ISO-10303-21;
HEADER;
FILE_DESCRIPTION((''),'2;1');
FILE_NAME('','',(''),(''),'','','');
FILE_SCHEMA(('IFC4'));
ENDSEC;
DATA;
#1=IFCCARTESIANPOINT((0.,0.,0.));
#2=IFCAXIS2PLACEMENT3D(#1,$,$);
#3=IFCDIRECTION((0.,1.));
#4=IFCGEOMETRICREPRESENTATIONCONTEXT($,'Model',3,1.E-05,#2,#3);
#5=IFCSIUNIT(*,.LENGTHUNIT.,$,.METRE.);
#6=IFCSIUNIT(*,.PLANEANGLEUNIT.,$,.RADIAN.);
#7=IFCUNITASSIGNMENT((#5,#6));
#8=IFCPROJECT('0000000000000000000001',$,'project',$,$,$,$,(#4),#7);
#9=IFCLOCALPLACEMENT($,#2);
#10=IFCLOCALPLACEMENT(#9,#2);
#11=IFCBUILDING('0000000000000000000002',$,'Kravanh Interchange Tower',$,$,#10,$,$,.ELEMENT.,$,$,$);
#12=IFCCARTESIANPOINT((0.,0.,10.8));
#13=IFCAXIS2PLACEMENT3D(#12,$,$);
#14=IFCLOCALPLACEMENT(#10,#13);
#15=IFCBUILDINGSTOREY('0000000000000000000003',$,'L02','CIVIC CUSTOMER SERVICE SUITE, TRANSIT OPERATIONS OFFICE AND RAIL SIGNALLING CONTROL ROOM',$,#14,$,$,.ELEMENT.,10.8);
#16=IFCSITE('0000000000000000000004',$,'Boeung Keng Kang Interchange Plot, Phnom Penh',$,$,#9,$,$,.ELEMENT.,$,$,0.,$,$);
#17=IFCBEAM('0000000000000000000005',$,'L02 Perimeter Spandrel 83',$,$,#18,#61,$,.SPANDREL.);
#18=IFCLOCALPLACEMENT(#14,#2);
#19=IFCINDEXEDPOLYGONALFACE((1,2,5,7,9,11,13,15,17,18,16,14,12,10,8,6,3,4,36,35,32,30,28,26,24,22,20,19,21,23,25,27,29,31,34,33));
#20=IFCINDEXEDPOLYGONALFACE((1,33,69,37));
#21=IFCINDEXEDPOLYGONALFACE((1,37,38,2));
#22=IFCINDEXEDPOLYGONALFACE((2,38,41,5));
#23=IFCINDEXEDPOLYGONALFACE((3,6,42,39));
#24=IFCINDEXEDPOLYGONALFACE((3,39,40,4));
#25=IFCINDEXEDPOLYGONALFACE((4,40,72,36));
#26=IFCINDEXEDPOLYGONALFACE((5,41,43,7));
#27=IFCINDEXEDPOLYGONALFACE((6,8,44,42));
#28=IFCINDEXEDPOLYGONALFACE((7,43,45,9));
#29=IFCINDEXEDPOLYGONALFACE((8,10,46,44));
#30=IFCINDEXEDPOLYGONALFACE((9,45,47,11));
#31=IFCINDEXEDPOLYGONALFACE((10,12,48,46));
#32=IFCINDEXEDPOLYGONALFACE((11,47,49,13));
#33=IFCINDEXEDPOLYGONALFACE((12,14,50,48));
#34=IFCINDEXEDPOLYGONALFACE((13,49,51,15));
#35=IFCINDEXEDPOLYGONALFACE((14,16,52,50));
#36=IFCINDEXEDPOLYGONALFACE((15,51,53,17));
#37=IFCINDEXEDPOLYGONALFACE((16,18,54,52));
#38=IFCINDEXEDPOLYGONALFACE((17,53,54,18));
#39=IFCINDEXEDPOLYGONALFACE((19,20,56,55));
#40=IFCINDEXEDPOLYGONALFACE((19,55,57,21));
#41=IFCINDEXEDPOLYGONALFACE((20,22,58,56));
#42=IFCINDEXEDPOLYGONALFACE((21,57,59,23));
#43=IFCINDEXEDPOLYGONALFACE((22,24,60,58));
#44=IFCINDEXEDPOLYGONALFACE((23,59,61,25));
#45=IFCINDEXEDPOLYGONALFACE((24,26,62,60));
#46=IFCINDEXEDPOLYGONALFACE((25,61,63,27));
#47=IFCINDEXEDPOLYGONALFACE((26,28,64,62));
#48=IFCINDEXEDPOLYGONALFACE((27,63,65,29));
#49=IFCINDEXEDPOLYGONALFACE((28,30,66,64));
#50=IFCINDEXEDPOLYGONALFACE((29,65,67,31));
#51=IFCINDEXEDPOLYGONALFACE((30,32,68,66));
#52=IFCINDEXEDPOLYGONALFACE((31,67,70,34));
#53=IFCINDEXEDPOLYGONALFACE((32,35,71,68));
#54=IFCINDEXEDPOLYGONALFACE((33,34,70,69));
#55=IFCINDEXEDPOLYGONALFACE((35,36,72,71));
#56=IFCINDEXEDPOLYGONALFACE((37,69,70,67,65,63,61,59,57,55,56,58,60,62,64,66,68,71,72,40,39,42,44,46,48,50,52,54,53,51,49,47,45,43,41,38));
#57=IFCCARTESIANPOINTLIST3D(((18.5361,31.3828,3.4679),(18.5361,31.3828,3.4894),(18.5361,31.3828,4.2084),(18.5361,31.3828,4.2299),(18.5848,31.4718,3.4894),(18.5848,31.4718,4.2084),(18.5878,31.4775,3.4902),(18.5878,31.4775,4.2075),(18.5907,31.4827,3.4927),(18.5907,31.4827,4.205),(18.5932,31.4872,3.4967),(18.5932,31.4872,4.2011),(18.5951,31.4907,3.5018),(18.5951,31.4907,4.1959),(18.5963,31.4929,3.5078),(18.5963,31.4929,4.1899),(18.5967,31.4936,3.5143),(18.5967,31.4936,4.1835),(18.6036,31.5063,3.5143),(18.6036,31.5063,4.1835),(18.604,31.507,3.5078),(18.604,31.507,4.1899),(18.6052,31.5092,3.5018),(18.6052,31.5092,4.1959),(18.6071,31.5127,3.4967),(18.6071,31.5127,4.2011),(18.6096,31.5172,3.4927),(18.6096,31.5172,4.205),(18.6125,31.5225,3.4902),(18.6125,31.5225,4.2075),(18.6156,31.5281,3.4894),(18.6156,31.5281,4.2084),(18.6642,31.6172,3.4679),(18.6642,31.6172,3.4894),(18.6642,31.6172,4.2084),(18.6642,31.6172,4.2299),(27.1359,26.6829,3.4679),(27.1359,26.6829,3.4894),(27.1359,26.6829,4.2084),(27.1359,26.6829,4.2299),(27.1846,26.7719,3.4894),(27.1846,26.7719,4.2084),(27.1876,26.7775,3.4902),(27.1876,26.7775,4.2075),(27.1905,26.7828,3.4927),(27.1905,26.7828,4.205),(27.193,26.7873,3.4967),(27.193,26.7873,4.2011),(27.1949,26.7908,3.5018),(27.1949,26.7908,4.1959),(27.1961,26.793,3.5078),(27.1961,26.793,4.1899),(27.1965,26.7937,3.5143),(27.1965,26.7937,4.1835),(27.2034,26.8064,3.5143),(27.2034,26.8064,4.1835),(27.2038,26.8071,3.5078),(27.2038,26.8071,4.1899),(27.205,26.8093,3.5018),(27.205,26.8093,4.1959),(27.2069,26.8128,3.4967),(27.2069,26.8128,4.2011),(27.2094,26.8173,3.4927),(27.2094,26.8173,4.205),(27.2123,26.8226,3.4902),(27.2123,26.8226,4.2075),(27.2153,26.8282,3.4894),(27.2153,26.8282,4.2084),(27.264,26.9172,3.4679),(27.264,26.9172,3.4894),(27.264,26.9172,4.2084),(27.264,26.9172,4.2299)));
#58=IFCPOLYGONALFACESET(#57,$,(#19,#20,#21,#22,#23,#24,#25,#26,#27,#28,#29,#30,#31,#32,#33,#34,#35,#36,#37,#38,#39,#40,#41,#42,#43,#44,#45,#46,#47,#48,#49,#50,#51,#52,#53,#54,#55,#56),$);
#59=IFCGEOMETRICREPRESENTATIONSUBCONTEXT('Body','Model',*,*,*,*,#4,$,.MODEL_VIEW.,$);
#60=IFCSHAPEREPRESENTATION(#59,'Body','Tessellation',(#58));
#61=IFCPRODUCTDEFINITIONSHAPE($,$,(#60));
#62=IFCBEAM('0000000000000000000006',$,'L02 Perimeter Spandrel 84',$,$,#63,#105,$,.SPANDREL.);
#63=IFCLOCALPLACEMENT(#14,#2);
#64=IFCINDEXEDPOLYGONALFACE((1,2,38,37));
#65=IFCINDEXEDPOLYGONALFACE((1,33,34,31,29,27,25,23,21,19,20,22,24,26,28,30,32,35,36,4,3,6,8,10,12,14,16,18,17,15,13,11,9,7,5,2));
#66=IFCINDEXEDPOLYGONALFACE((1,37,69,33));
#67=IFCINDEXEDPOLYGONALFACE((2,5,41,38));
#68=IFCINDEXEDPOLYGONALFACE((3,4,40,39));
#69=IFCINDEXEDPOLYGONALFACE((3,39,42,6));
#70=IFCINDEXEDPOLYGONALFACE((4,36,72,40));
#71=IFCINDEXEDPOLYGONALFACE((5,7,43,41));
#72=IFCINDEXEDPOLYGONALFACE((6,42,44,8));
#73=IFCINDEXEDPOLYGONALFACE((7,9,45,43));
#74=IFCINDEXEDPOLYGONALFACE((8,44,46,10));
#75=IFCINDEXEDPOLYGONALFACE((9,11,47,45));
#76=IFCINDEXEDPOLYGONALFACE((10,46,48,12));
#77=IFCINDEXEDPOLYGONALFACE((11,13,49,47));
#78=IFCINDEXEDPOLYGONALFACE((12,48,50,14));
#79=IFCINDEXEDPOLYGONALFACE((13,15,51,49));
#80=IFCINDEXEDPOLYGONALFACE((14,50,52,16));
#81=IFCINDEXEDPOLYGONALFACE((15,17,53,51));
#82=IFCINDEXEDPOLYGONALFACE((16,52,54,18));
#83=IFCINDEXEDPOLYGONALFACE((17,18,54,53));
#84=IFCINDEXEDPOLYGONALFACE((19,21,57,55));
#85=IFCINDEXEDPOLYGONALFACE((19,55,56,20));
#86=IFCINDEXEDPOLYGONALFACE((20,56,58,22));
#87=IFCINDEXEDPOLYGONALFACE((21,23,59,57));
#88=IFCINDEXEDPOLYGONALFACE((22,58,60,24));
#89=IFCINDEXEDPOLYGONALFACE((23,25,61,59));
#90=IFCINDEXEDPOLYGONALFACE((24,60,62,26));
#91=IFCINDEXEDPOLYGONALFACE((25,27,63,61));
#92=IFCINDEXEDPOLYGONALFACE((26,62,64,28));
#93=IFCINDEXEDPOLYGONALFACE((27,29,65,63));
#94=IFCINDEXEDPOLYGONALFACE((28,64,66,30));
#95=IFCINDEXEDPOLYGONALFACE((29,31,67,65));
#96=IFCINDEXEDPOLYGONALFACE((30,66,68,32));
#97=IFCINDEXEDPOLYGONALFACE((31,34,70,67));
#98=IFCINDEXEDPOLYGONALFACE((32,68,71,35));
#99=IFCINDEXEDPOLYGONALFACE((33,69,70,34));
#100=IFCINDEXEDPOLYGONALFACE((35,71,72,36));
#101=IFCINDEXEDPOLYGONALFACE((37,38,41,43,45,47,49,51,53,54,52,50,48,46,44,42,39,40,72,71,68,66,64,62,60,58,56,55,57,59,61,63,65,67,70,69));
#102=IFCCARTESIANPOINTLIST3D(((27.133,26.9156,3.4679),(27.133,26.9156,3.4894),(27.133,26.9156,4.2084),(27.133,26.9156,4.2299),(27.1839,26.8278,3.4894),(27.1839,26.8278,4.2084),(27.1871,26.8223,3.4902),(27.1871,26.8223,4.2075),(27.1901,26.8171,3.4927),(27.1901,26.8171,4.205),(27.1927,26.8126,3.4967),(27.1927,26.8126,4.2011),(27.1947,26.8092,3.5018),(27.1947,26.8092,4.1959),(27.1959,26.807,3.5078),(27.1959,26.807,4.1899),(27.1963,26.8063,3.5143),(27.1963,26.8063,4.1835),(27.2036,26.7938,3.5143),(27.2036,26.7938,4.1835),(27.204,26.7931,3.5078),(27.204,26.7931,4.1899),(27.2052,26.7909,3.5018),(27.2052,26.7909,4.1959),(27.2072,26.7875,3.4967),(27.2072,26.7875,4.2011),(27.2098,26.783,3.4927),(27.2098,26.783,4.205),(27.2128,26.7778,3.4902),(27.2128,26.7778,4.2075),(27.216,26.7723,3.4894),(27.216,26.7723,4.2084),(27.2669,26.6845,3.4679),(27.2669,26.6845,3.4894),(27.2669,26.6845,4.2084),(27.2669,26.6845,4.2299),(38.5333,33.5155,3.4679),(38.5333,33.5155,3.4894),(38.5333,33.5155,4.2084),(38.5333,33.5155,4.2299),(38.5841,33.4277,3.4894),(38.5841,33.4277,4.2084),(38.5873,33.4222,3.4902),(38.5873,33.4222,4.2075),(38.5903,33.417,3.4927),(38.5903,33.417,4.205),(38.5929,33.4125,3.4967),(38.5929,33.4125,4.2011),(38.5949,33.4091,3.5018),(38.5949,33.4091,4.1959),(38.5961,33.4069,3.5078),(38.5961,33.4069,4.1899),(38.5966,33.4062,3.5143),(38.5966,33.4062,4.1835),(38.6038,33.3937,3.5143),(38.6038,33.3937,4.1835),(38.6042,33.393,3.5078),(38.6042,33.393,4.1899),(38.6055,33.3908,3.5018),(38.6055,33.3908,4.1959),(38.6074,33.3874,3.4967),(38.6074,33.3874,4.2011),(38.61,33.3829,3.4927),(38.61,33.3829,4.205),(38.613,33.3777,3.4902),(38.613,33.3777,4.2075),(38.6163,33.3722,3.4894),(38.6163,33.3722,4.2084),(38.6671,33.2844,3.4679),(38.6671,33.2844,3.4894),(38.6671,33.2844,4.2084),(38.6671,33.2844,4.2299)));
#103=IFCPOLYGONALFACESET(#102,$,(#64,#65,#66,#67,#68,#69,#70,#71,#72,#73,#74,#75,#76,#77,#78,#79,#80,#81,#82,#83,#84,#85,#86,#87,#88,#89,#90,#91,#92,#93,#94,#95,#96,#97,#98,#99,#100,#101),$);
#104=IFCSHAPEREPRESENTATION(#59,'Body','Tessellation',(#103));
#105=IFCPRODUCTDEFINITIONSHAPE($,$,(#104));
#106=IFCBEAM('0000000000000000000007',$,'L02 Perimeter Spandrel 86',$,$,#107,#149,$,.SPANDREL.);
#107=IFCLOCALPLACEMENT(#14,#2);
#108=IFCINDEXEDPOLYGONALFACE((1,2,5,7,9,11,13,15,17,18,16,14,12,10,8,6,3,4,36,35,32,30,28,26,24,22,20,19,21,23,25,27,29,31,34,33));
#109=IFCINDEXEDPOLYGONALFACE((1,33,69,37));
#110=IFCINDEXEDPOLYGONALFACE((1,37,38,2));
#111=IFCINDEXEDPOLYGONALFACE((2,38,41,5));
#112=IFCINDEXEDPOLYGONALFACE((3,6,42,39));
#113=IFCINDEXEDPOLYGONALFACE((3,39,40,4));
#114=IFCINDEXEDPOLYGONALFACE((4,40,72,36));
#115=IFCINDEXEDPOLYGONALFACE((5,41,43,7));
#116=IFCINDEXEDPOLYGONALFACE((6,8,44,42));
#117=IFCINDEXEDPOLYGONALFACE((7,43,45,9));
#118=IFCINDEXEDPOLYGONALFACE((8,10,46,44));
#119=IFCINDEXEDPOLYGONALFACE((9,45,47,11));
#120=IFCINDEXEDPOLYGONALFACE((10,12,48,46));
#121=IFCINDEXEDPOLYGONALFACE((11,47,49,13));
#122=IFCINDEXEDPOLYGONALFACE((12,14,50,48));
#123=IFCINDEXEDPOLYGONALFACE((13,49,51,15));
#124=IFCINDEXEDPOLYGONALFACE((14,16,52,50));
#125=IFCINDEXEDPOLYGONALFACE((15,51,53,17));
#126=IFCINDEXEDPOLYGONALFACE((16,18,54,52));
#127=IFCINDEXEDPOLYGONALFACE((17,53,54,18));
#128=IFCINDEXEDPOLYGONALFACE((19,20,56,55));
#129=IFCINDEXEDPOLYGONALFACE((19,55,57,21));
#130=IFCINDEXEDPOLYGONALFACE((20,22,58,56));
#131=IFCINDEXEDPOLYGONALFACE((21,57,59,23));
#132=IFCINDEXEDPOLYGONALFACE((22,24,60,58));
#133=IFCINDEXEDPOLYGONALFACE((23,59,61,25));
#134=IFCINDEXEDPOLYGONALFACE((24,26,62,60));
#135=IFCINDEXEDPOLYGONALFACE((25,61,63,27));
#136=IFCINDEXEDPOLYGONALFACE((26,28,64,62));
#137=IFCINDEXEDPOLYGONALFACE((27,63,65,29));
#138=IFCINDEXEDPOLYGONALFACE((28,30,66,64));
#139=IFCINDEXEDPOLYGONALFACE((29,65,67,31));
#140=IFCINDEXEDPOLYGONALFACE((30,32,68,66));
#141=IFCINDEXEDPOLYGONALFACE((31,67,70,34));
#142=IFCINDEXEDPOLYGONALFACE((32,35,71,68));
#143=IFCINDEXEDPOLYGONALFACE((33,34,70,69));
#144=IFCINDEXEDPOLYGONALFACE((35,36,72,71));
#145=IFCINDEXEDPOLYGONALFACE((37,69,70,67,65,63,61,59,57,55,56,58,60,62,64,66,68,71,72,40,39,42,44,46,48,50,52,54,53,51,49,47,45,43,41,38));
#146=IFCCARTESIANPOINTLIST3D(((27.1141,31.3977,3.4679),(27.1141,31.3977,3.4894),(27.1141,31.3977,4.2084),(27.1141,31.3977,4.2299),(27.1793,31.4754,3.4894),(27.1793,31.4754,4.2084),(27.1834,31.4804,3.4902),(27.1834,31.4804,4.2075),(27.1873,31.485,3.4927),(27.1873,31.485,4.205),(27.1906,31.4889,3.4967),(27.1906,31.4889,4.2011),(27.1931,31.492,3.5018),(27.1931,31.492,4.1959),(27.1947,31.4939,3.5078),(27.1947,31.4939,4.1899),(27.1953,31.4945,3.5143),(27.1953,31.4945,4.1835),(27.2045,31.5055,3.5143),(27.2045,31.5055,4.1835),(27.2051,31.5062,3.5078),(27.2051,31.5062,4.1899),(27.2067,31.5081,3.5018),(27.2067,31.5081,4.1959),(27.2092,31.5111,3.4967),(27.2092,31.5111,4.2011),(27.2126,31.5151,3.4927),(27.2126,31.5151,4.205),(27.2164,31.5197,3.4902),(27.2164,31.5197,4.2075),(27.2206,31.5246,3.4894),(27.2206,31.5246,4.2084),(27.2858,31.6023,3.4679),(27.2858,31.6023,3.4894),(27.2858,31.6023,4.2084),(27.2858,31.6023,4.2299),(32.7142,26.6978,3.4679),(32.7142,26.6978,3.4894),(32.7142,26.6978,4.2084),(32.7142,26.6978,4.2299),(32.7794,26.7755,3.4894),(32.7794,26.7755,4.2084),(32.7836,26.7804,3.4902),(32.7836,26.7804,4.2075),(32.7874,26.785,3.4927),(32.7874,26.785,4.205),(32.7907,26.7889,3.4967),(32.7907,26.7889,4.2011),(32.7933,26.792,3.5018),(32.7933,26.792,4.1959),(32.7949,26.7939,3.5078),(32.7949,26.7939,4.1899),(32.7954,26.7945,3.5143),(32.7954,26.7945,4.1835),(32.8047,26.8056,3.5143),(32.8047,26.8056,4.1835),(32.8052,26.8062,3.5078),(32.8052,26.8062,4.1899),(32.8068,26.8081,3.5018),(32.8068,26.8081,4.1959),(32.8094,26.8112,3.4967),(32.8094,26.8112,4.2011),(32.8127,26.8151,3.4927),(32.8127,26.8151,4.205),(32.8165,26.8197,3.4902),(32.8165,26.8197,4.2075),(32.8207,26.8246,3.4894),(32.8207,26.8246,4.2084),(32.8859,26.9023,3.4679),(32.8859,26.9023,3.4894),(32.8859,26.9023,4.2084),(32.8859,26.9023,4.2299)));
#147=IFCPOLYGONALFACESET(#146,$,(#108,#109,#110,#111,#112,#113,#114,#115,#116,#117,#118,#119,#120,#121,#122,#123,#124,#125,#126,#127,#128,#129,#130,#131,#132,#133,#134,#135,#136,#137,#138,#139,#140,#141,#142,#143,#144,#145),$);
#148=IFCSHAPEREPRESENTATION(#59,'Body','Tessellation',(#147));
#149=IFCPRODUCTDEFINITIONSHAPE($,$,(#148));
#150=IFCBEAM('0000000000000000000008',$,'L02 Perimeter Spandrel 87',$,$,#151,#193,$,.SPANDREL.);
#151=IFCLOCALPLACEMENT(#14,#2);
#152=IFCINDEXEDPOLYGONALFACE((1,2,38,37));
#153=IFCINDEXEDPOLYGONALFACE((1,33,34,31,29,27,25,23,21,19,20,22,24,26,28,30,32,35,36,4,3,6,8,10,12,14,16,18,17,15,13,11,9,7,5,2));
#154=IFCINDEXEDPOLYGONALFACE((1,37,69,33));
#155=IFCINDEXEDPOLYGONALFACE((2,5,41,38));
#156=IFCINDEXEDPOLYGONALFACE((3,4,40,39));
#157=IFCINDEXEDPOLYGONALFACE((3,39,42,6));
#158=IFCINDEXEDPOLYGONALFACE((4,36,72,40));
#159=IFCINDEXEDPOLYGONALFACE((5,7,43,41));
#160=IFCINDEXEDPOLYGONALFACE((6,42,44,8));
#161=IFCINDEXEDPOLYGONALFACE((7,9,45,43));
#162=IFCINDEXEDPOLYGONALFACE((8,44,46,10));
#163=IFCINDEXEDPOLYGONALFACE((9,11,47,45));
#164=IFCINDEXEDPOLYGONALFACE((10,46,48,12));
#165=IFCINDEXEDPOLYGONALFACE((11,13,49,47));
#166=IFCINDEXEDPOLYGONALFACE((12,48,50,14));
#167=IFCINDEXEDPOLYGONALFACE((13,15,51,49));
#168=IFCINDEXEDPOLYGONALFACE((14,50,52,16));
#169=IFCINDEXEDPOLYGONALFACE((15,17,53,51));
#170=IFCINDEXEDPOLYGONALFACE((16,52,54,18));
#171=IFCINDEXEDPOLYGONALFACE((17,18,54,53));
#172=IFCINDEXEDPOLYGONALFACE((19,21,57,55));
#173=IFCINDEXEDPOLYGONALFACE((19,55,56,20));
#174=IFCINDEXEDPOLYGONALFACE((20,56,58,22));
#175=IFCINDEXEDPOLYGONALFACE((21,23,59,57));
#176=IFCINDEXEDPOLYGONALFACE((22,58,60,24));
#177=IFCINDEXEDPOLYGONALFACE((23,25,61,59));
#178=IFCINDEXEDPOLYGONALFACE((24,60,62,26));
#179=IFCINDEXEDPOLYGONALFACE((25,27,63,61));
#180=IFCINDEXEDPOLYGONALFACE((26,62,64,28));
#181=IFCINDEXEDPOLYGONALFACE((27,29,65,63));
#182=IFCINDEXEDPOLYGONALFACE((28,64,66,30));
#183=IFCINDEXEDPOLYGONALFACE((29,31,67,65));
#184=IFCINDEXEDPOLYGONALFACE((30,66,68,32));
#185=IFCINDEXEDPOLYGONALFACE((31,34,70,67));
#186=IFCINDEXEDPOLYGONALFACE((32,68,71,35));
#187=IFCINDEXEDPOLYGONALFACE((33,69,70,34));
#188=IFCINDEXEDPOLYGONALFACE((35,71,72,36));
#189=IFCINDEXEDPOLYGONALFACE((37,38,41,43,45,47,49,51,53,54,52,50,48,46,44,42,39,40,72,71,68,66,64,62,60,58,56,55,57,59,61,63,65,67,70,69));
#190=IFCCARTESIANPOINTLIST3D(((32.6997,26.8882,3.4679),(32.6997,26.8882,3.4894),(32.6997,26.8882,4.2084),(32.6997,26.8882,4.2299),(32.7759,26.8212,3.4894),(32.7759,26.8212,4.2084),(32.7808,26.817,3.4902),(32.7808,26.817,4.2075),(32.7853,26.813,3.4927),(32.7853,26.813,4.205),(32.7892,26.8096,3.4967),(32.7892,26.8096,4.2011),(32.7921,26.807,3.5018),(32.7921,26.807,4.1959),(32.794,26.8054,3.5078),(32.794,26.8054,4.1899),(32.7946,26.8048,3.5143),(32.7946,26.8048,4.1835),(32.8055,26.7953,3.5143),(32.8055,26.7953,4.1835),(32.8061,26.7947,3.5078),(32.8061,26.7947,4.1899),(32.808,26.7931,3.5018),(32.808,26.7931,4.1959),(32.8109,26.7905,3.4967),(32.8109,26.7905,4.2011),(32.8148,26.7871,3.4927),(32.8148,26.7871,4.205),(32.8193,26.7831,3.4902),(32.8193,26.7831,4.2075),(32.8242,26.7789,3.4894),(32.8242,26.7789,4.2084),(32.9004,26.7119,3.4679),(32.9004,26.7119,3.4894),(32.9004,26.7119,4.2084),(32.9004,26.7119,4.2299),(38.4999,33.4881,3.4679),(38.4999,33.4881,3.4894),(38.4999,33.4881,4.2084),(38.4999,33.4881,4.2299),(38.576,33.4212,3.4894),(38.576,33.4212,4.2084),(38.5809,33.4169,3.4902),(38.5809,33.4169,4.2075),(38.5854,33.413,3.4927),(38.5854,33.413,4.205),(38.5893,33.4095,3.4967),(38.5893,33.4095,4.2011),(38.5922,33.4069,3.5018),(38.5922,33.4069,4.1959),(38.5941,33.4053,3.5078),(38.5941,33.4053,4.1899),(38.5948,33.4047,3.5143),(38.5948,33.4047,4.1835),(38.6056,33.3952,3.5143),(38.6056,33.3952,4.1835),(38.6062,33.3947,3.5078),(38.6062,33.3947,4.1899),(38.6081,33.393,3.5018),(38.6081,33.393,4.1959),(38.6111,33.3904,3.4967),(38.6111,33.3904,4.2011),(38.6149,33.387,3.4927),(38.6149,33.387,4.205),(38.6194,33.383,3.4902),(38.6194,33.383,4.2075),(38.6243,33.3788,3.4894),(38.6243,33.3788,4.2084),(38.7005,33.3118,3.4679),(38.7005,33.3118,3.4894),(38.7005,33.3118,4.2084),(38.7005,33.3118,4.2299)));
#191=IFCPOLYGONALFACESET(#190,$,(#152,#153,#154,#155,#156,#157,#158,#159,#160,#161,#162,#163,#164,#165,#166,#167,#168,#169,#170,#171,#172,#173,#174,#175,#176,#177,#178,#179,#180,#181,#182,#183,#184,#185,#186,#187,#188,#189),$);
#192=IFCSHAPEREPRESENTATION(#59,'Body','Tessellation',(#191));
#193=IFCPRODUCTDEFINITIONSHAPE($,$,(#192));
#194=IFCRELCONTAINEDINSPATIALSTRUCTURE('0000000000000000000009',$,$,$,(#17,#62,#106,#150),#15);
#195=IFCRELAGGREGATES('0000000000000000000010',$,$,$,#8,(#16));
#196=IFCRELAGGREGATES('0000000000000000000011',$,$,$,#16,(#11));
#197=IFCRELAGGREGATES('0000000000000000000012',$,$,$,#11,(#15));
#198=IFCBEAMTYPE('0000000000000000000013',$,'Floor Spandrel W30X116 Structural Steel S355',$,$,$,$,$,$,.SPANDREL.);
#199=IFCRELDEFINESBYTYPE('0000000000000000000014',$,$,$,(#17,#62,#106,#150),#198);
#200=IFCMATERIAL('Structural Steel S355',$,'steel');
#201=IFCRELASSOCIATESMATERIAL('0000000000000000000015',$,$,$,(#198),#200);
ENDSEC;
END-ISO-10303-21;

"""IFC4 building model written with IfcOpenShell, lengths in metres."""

from ifc_helpers import new_model, si_unit, direction, frame, origin, origin_2d, place, context, subcontext, project, spatial, i_section, extrude, material, material_profile, profile_set, type_object, element, save


model = new_model("IFC4")

# Units and contexts
model_context = context("Model", 3, precision=1e-05, world=origin(), true_north=direction((0.0, 1.0)))
body_context = subcontext(model_context, "Body", "Model", "MODEL_VIEW")
ifc_project = project(units=[si_unit("LENGTHUNIT", "METRE"), si_unit("PLANEANGLEUNIT", "RADIAN")], contexts=[model_context])

# Site, building, storey
site_placement = place(None, origin())
site = spatial("IfcSite", under=ifc_project, at=site_placement, Name="Boeung Keng Kang Interchange Plot, Phnom Penh", CompositionType="ELEMENT", RefElevation=0.0)
building_placement = place(site_placement, origin())
building = spatial("IfcBuilding", under=site, at=building_placement, Name="Kravanh Interchange Tower", CompositionType="ELEMENT")
storey_placement = place(building_placement, frame((0.0, 0.0, 10.8)))
storey = spatial("IfcBuildingStorey", under=building, at=storey_placement, Name="L02", Description="CIVIC CUSTOMER SERVICE SUITE, TRANSIT OPERATIONS OFFICE AND RAIL SIGNALLING CONTROL ROOM", CompositionType="ELEMENT", Elevation=10.8)

# Beams
ifc_material_1 = material(Name="Structural Steel S355", Category="steel")
ifc_material_profile_1 = material_profile(ifc_material_1, i_section(OverallWidth=0.2671, OverallDepth=0.762, WebThickness=0.0144, FlangeThickness=0.0215, FilletRadius=0.0249, at=origin_2d()), Name="W30X116")
ifc_profile_set_1 = profile_set([ifc_material_profile_1], Name="Structural Steel S355")
beam_type_1 = type_object("IfcBeamType", Name="Floor Spandrel W30X116 Structural Steel S355", PredefinedType="SPANDREL", material=ifc_profile_set_1)
beam_1_placement = place(storey_placement, frame((27.2, 26.8, 3.8489), z_axis=(-0.877504, 0.479569, 0.0), x_axis=(-0.479569, -0.877504, 0.0)))
element("IfcBeam", 1, at=beam_1_placement, inside=storey, type_object=beam_type_1, Name="L02 Perimeter Spandrel 83", PredefinedType="SPANDREL", context=body_context, shape_type="SweptSolid", body=[
    extrude(i_section(OverallWidth=0.2671, OverallDepth=0.762, WebThickness=0.0144, FlangeThickness=0.0215, FilletRadius=0.0249, at=origin_2d()), origin(), (0.0, 0.0, 1.0), 9.8003),
])
beam_2_placement = place(storey_placement, frame((27.2, 26.8, 3.8489), z_axis=(0.865434, 0.501023, 0.0), x_axis=(-0.501023, 0.865434, 0.0)))
element("IfcBeam", 2, at=beam_2_placement, inside=storey, type_object=beam_type_1, Name="L02 Perimeter Spandrel 84", PredefinedType="SPANDREL", context=body_context, shape_type="SweptSolid", body=[
    extrude(i_section(OverallWidth=0.2671, OverallDepth=0.762, WebThickness=0.0144, FlangeThickness=0.0215, FilletRadius=0.0249, at=origin_2d()), origin(), (0.0, 0.0, 1.0), 13.1729),
])
beam_3_placement = place(storey_placement, frame((32.8, 26.8, 3.8489), z_axis=(-0.765983, 0.642861, 0.0), x_axis=(-0.642861, -0.765983, 0.0)))
element("IfcBeam", 3, at=beam_3_placement, inside=storey, type_object=beam_type_1, Name="L02 Perimeter Spandrel 86", PredefinedType="SPANDREL", context=body_context, shape_type="SweptSolid", body=[
    extrude(i_section(OverallWidth=0.2671, OverallDepth=0.762, WebThickness=0.0144, FlangeThickness=0.0215, FilletRadius=0.0249, at=origin_2d()), origin(), (0.0, 0.0, 1.0), 7.311),
])
beam_4_placement = place(storey_placement, frame((32.8, 26.8, 3.8489), z_axis=(0.660126, 0.751155, 0.0), x_axis=(-0.751155, 0.660126, 0.0)))
element("IfcBeam", 4, at=beam_4_placement, inside=storey, type_object=beam_type_1, Name="L02 Perimeter Spandrel 87", PredefinedType="SPANDREL", context=body_context, shape_type="SweptSolid", body=[
    extrude(i_section(OverallWidth=0.2671, OverallDepth=0.762, WebThickness=0.0144, FlangeThickness=0.0215, FilletRadius=0.0249, at=origin_2d()), origin(), (0.0, 0.0, 1.0), 8.7864),
])

save(model, "model.ifc")
